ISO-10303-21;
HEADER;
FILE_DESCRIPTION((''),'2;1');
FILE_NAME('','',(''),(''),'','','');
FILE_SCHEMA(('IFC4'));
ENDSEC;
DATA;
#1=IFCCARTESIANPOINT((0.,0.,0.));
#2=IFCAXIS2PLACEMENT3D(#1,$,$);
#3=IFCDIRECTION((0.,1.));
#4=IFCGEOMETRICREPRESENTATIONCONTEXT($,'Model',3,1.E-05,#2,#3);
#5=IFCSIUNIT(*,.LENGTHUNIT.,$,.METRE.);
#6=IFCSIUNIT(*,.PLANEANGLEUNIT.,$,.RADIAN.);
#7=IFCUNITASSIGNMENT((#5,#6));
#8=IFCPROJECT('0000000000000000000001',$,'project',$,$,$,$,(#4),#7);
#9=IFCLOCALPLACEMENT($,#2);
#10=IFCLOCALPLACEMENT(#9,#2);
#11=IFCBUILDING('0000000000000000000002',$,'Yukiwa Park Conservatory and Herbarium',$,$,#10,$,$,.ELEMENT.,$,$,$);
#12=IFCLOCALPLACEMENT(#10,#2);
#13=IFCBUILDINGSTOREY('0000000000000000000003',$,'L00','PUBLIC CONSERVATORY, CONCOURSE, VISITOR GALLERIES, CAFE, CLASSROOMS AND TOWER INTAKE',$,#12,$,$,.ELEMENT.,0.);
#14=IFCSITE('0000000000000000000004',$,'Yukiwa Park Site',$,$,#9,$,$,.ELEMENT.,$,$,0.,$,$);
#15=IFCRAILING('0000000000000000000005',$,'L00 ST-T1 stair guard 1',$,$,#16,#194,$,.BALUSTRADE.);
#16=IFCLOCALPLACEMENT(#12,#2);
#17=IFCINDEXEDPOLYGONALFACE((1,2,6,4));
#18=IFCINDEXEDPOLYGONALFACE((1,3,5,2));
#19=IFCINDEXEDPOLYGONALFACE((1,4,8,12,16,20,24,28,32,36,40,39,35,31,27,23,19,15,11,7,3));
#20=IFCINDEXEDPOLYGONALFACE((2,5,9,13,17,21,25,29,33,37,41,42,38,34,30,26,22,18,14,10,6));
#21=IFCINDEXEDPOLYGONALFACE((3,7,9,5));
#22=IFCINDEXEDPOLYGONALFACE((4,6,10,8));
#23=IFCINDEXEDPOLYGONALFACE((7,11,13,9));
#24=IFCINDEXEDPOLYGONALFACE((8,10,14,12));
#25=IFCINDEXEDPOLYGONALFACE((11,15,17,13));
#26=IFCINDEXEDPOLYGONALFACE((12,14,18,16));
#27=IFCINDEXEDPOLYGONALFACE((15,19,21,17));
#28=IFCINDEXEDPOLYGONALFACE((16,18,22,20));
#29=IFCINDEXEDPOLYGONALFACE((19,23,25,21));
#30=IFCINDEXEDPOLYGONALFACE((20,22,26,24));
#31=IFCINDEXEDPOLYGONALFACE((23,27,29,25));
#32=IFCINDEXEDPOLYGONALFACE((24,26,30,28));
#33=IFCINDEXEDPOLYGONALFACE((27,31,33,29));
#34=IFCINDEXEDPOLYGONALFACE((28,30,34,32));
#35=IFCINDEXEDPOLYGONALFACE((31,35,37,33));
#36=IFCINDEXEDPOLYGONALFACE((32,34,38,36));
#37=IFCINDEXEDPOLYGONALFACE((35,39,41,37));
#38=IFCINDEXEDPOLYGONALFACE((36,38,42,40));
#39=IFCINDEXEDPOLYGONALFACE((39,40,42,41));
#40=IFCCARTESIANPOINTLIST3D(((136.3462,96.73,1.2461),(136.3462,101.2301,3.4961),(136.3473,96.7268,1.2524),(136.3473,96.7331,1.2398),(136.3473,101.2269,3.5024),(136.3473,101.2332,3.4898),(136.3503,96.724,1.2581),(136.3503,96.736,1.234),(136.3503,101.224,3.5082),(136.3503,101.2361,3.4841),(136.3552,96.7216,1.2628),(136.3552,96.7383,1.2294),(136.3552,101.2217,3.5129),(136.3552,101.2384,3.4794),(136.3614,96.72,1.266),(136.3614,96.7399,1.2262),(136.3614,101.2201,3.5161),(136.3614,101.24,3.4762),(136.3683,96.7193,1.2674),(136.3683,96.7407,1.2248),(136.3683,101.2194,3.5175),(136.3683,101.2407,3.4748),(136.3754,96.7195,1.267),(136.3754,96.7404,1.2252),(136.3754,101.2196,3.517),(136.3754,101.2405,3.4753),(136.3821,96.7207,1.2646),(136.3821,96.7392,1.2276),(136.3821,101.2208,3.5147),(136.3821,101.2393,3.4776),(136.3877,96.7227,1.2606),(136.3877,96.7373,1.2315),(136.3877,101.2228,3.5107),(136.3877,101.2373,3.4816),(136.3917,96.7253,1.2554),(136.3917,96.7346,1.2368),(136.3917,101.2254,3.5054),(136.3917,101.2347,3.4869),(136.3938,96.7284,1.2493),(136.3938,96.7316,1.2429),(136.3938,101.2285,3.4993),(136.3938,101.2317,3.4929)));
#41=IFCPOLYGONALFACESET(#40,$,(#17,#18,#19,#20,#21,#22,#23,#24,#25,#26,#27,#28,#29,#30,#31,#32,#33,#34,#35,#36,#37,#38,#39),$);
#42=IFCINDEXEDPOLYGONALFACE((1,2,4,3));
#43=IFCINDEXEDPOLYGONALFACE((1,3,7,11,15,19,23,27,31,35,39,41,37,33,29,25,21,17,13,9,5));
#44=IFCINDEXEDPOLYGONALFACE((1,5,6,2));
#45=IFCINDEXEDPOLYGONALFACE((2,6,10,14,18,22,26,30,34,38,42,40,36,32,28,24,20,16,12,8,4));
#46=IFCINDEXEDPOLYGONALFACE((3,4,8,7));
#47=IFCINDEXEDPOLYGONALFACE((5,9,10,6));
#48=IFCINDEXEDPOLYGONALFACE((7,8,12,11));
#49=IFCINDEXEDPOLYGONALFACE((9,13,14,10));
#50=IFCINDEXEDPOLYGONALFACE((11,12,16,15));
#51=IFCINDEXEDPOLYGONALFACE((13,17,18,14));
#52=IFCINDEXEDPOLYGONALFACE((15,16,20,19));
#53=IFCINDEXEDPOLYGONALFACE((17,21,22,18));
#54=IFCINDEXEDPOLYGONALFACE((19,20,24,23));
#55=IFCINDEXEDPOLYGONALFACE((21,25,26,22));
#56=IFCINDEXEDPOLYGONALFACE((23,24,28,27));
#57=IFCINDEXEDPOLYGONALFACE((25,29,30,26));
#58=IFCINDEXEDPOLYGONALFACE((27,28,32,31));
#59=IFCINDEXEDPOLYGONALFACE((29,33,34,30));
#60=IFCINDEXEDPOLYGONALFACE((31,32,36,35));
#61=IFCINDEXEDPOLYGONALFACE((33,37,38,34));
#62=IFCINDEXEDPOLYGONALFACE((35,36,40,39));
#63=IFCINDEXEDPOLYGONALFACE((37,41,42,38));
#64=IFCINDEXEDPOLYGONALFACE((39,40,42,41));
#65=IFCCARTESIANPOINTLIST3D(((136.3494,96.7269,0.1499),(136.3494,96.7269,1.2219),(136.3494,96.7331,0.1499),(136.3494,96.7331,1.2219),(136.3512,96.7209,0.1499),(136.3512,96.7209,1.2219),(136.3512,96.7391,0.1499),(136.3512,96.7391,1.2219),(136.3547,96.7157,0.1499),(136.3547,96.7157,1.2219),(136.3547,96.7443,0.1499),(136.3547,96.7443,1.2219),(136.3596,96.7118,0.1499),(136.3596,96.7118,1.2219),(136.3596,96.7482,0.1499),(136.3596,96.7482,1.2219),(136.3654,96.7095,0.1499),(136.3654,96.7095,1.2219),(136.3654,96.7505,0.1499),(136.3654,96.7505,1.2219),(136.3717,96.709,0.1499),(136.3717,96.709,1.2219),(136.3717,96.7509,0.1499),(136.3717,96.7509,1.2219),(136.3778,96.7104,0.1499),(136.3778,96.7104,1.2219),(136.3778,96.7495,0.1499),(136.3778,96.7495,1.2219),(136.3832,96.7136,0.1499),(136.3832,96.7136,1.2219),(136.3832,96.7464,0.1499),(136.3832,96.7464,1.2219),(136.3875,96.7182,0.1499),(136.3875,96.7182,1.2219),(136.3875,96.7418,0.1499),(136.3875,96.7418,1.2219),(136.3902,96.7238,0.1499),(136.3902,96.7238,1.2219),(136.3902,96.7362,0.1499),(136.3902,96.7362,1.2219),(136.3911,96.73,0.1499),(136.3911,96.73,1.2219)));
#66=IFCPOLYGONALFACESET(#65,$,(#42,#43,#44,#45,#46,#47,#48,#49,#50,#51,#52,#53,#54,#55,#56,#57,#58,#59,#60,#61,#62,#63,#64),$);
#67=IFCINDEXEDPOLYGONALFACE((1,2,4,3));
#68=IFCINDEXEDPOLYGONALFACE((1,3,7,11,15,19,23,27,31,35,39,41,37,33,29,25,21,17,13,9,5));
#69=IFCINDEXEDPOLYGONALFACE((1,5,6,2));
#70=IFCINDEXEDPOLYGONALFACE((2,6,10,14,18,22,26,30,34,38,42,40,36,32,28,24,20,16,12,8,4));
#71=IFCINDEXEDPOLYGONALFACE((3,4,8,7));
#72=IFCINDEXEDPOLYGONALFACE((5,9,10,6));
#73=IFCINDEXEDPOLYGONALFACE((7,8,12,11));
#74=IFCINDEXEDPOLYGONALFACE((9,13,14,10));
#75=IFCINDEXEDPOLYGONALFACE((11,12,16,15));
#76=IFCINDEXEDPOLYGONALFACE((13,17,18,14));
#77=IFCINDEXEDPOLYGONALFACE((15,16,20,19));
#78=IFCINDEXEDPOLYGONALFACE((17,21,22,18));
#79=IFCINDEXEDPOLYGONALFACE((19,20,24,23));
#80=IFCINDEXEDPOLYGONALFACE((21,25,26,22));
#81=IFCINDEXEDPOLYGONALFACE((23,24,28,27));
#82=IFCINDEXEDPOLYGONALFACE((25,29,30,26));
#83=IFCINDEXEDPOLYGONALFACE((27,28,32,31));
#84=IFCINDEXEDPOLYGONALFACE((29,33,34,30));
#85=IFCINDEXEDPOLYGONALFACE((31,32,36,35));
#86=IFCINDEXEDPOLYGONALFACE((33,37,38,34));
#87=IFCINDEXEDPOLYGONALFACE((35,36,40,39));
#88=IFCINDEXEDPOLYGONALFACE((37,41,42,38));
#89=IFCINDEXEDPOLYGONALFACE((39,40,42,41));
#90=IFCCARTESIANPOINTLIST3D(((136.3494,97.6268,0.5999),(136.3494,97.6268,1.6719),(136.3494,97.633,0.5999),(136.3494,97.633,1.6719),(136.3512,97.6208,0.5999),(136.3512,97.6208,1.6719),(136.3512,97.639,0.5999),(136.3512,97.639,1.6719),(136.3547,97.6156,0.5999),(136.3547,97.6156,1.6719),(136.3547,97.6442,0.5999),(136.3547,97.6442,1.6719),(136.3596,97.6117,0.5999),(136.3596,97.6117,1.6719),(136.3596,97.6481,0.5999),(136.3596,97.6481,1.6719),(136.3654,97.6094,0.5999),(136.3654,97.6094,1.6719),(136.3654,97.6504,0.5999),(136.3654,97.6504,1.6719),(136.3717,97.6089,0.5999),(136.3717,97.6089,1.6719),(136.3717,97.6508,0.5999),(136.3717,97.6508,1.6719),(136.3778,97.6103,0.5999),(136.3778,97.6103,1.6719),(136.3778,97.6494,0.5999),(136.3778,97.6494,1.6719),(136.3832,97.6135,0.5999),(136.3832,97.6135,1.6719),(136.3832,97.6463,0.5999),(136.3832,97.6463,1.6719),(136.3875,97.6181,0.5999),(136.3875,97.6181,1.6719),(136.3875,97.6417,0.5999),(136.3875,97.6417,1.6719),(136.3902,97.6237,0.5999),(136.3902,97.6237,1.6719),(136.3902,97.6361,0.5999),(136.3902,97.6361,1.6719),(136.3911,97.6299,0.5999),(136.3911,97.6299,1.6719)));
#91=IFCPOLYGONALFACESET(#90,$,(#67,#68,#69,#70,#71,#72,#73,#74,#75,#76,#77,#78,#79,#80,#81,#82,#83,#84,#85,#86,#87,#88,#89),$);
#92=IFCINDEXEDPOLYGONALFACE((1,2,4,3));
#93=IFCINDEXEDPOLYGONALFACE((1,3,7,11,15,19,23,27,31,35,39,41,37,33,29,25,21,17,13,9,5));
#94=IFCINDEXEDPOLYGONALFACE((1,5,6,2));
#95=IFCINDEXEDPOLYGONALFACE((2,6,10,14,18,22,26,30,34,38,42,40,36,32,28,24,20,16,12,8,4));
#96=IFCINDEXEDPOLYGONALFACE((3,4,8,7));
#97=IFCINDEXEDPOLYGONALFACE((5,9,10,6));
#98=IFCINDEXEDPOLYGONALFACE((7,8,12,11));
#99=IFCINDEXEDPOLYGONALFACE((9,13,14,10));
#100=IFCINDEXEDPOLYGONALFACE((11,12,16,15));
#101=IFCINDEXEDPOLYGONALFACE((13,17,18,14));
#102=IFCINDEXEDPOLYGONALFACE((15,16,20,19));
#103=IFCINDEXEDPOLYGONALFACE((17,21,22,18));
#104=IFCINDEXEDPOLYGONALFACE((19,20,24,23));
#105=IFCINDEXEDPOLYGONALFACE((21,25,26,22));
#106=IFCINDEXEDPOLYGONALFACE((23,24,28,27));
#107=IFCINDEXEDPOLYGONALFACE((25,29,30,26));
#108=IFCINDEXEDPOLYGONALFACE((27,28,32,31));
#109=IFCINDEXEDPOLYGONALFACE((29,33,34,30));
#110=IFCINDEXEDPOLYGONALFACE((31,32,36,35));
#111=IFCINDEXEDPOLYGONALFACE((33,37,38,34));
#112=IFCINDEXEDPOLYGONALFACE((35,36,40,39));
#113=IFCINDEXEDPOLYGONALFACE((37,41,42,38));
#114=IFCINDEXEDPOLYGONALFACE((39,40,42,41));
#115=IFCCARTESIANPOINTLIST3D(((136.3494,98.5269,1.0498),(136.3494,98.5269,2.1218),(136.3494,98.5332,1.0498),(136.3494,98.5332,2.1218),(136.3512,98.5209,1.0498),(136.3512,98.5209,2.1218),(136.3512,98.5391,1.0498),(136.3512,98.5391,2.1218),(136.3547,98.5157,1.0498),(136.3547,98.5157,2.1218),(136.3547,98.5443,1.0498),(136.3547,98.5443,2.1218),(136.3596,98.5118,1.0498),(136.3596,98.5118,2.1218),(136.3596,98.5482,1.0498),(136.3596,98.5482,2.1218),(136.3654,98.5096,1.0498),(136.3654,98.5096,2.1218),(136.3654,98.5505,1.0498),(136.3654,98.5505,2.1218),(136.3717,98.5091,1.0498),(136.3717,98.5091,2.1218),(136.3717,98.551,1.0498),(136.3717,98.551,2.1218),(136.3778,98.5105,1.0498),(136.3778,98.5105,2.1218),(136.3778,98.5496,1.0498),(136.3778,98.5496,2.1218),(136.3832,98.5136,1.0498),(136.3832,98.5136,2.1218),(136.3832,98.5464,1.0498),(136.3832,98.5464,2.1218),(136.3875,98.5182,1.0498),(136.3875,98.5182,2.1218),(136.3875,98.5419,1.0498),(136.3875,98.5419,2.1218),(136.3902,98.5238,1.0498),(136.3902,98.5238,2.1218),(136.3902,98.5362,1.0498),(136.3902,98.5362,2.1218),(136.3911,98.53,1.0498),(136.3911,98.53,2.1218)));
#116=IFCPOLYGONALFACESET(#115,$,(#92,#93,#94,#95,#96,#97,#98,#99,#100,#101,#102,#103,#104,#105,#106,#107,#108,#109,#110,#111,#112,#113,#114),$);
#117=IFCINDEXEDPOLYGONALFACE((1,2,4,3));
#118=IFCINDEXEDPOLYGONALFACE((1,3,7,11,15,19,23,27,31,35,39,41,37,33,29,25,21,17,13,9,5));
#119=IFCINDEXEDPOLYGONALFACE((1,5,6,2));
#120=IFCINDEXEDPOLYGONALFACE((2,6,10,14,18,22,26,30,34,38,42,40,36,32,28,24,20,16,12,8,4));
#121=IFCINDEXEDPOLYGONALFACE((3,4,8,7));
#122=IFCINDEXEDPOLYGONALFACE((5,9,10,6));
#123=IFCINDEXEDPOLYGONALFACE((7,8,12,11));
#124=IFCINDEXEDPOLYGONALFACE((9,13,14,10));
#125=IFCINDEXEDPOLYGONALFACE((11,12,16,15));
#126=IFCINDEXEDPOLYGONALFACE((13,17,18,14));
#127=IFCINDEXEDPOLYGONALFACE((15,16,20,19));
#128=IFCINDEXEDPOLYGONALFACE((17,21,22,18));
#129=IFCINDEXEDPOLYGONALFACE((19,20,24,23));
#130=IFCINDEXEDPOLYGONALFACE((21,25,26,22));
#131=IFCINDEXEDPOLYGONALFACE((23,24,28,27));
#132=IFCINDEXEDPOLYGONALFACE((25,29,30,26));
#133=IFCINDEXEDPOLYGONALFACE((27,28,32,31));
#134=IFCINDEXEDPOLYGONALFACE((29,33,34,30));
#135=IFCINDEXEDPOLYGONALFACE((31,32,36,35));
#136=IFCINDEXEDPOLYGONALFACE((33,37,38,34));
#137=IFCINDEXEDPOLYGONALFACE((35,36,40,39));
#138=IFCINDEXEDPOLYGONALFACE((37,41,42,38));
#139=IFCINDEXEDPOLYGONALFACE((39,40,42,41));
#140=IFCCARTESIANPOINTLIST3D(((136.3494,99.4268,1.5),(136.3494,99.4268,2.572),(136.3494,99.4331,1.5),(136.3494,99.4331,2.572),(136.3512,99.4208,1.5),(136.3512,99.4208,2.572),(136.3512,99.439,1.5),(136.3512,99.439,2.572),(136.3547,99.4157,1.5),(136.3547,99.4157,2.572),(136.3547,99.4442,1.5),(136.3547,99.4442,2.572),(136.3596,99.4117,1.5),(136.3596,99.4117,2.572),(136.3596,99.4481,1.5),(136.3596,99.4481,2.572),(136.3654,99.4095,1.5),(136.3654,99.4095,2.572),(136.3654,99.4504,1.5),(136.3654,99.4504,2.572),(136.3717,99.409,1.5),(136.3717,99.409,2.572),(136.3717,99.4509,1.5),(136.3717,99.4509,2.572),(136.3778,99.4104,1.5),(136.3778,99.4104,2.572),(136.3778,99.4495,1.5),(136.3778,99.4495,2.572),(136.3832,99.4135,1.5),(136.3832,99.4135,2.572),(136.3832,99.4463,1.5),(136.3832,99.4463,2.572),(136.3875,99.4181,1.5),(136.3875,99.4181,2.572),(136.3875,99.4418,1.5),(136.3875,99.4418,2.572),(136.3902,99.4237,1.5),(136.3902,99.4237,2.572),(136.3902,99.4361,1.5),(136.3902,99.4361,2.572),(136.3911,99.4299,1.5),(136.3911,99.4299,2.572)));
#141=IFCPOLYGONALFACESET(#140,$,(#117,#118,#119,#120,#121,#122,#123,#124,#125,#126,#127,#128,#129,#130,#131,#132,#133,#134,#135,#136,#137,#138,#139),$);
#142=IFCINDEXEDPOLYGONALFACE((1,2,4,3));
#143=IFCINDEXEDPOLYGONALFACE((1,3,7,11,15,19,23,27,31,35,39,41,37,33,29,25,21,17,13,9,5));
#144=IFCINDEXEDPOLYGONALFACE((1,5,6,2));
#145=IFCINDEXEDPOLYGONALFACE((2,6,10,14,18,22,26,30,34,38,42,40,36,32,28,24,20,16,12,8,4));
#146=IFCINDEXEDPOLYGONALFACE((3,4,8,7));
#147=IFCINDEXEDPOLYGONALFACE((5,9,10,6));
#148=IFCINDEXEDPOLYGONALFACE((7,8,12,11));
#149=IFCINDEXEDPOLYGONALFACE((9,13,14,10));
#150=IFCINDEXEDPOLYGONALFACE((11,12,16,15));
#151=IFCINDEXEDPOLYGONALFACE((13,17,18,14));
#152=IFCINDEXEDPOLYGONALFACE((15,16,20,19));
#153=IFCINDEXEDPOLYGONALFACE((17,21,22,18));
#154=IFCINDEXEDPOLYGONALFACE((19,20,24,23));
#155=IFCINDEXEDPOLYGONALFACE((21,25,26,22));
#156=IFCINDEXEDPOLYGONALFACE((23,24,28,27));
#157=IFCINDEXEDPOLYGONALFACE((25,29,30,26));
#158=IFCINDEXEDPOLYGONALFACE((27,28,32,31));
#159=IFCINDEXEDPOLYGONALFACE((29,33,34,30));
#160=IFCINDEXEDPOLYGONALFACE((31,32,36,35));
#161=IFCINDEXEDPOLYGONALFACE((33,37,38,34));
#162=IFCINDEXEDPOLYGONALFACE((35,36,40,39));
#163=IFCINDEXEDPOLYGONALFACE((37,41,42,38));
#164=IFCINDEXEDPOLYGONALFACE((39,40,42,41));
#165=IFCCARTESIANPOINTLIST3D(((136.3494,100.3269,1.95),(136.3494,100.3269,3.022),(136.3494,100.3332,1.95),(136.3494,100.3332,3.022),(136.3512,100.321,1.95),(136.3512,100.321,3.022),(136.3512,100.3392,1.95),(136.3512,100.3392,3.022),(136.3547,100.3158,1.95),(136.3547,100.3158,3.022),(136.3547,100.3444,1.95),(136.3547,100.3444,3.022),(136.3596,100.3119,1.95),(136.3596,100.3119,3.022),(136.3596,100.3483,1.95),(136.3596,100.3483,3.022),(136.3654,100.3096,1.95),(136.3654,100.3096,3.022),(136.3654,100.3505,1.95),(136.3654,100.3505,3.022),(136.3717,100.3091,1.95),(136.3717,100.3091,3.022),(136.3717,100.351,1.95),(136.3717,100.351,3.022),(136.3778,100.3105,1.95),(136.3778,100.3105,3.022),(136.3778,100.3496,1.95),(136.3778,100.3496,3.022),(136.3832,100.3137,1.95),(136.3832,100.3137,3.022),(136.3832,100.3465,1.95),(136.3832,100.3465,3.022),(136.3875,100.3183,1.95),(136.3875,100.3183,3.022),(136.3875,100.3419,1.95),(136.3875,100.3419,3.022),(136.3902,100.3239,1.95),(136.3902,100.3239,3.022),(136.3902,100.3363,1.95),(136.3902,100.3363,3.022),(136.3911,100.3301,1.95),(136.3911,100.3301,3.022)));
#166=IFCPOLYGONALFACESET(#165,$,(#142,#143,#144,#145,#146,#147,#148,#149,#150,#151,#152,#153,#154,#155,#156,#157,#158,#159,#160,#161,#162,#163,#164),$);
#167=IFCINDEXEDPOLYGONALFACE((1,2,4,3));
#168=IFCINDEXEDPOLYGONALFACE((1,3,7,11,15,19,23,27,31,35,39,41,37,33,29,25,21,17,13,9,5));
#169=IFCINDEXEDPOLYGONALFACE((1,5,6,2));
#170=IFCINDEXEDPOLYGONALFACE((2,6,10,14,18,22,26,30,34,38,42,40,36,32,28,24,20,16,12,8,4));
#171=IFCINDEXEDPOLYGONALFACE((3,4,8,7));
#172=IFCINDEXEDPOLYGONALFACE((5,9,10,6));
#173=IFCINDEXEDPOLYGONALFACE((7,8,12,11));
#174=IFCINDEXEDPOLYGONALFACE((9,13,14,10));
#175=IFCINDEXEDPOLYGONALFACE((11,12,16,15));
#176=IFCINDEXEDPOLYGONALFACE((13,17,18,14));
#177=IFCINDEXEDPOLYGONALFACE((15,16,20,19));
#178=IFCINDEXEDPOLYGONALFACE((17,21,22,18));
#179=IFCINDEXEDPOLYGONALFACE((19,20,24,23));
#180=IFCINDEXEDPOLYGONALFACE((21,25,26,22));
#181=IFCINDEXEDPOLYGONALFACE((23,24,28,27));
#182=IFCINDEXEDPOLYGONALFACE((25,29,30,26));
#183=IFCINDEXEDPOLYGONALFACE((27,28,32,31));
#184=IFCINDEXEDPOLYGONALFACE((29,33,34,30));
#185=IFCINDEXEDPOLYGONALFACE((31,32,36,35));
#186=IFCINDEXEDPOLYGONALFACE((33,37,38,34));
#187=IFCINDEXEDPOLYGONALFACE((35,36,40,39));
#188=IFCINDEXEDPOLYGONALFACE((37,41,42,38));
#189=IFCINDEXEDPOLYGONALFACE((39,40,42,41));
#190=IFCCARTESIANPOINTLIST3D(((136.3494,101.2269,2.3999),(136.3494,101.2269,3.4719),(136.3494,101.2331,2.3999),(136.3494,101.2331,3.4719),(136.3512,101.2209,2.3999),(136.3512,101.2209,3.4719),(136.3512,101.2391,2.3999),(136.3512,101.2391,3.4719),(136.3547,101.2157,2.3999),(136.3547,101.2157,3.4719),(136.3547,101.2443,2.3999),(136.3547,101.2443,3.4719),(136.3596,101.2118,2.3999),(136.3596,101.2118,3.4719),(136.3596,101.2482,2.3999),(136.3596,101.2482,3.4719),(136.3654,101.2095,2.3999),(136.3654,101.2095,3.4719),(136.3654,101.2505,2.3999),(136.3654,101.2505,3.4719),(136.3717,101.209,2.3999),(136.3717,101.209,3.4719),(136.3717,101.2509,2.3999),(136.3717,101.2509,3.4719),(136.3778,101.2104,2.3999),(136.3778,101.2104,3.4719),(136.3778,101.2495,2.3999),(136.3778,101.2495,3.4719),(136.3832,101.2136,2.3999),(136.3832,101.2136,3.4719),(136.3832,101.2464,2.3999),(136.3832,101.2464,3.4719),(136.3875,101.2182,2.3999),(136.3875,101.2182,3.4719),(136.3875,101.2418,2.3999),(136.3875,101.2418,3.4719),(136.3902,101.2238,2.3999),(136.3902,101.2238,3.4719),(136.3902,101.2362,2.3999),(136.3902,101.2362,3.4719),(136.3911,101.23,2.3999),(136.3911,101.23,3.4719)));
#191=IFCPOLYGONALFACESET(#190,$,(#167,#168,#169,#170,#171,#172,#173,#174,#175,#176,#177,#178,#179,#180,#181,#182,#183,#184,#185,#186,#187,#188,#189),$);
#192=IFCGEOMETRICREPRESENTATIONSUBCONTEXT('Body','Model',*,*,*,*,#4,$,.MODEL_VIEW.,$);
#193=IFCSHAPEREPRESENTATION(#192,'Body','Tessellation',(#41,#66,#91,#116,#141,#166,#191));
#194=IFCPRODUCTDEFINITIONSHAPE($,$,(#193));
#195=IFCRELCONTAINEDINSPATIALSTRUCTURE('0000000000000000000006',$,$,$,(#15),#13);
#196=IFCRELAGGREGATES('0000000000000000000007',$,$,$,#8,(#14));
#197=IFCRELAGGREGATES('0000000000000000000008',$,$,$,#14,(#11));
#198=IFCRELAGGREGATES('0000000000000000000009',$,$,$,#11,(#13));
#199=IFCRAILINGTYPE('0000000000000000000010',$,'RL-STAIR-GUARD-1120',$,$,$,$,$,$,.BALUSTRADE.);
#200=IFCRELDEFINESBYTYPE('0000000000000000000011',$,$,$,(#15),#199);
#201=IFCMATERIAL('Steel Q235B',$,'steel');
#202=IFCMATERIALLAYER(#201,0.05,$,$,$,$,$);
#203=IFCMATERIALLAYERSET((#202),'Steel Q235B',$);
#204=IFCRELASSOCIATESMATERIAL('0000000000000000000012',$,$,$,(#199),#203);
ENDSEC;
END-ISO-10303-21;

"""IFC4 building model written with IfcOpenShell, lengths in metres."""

from ifc_helpers import new_model, si_unit, direction, frame, origin, origin_2d, place, context, subcontext, project, spatial, circle, extrude, material, layer, layer_set, type_object, element, save


model = new_model("IFC4")

# Units and contexts
model_context = context("Model", 3, precision=1e-05, world=origin(), true_north=direction((0.0, 1.0)))
body_context = subcontext(model_context, "Body", "Model", "MODEL_VIEW")
ifc_project = project(units=[si_unit("LENGTHUNIT", "METRE"), si_unit("PLANEANGLEUNIT", "RADIAN")], contexts=[model_context])

# Site, building, storey
site_placement = place(None, origin())
site = spatial("IfcSite", under=ifc_project, at=site_placement, Name="Yukiwa Park Site", CompositionType="ELEMENT", RefElevation=0.0)
building_placement = place(site_placement, origin())
building = spatial("IfcBuilding", under=site, at=building_placement, Name="Yukiwa Park Conservatory and Herbarium", CompositionType="ELEMENT")
storey_placement = place(building_placement, origin())
storey = spatial("IfcBuildingStorey", under=building, at=storey_placement, Name="L00", Description="PUBLIC CONSERVATORY, CONCOURSE, VISITOR GALLERIES, CAFE, CLASSROOMS AND TOWER INTAKE", CompositionType="ELEMENT", Elevation=0.0)

# Railing
ifc_material_1 = material(Name="Steel Q235B", Category="steel")
ifc_layer_1 = layer(ifc_material_1, 0.05)
ifc_layer_set_1 = layer_set([ifc_layer_1], Name="Steel Q235B")
railing_type_1 = type_object("IfcRailingType", Name="RL-STAIR-GUARD-1120", PredefinedType="BALUSTRADE", material=ifc_layer_set_1)
railing_1_placement = place(storey_placement, frame((136.3701, 96.73, 0.1499)))
element("IfcRailing", 1, at=railing_1_placement, inside=storey, type_object=railing_type_1, Name="L00 ST-T1 stair guard 1", PredefinedType="BALUSTRADE", context=body_context, shape_type="SweptSolid", body=[
    extrude(circle(Radius=0.0239, at=origin_2d()), frame((0.0, 0.0, 1.0962), z_axis=(0.0, 0.894427, 0.447214), x_axis=(-1.0, 0.0, 0.0)), (0.0, 0.0, 1.0), 5.0312),
    extrude(circle(Radius=0.021, at=origin_2d()), origin(), (0.0, 0.0, 1.0), 1.072),
    extrude(circle(Radius=0.021, at=origin_2d()), frame((0.0, 0.8999, 0.45)), (0.0, 0.0, 1.0), 1.072),
    extrude(circle(Radius=0.021, at=origin_2d()), frame((0.0, 1.8, 0.8999)), (0.0, 0.0, 1.0), 1.072),
    extrude(circle(Radius=0.021, at=origin_2d()), frame((0.0, 2.7, 1.3501)), (0.0, 0.0, 1.0), 1.072),
    extrude(circle(Radius=0.021, at=origin_2d()), frame((0.0, 3.6001, 1.8)), (0.0, 0.0, 1.0), 1.072),
    extrude(circle(Radius=0.021, at=origin_2d()), frame((0.0, 4.5, 2.25)), (0.0, 0.0, 1.0), 1.072),
])

save(model, "model.ifc")
